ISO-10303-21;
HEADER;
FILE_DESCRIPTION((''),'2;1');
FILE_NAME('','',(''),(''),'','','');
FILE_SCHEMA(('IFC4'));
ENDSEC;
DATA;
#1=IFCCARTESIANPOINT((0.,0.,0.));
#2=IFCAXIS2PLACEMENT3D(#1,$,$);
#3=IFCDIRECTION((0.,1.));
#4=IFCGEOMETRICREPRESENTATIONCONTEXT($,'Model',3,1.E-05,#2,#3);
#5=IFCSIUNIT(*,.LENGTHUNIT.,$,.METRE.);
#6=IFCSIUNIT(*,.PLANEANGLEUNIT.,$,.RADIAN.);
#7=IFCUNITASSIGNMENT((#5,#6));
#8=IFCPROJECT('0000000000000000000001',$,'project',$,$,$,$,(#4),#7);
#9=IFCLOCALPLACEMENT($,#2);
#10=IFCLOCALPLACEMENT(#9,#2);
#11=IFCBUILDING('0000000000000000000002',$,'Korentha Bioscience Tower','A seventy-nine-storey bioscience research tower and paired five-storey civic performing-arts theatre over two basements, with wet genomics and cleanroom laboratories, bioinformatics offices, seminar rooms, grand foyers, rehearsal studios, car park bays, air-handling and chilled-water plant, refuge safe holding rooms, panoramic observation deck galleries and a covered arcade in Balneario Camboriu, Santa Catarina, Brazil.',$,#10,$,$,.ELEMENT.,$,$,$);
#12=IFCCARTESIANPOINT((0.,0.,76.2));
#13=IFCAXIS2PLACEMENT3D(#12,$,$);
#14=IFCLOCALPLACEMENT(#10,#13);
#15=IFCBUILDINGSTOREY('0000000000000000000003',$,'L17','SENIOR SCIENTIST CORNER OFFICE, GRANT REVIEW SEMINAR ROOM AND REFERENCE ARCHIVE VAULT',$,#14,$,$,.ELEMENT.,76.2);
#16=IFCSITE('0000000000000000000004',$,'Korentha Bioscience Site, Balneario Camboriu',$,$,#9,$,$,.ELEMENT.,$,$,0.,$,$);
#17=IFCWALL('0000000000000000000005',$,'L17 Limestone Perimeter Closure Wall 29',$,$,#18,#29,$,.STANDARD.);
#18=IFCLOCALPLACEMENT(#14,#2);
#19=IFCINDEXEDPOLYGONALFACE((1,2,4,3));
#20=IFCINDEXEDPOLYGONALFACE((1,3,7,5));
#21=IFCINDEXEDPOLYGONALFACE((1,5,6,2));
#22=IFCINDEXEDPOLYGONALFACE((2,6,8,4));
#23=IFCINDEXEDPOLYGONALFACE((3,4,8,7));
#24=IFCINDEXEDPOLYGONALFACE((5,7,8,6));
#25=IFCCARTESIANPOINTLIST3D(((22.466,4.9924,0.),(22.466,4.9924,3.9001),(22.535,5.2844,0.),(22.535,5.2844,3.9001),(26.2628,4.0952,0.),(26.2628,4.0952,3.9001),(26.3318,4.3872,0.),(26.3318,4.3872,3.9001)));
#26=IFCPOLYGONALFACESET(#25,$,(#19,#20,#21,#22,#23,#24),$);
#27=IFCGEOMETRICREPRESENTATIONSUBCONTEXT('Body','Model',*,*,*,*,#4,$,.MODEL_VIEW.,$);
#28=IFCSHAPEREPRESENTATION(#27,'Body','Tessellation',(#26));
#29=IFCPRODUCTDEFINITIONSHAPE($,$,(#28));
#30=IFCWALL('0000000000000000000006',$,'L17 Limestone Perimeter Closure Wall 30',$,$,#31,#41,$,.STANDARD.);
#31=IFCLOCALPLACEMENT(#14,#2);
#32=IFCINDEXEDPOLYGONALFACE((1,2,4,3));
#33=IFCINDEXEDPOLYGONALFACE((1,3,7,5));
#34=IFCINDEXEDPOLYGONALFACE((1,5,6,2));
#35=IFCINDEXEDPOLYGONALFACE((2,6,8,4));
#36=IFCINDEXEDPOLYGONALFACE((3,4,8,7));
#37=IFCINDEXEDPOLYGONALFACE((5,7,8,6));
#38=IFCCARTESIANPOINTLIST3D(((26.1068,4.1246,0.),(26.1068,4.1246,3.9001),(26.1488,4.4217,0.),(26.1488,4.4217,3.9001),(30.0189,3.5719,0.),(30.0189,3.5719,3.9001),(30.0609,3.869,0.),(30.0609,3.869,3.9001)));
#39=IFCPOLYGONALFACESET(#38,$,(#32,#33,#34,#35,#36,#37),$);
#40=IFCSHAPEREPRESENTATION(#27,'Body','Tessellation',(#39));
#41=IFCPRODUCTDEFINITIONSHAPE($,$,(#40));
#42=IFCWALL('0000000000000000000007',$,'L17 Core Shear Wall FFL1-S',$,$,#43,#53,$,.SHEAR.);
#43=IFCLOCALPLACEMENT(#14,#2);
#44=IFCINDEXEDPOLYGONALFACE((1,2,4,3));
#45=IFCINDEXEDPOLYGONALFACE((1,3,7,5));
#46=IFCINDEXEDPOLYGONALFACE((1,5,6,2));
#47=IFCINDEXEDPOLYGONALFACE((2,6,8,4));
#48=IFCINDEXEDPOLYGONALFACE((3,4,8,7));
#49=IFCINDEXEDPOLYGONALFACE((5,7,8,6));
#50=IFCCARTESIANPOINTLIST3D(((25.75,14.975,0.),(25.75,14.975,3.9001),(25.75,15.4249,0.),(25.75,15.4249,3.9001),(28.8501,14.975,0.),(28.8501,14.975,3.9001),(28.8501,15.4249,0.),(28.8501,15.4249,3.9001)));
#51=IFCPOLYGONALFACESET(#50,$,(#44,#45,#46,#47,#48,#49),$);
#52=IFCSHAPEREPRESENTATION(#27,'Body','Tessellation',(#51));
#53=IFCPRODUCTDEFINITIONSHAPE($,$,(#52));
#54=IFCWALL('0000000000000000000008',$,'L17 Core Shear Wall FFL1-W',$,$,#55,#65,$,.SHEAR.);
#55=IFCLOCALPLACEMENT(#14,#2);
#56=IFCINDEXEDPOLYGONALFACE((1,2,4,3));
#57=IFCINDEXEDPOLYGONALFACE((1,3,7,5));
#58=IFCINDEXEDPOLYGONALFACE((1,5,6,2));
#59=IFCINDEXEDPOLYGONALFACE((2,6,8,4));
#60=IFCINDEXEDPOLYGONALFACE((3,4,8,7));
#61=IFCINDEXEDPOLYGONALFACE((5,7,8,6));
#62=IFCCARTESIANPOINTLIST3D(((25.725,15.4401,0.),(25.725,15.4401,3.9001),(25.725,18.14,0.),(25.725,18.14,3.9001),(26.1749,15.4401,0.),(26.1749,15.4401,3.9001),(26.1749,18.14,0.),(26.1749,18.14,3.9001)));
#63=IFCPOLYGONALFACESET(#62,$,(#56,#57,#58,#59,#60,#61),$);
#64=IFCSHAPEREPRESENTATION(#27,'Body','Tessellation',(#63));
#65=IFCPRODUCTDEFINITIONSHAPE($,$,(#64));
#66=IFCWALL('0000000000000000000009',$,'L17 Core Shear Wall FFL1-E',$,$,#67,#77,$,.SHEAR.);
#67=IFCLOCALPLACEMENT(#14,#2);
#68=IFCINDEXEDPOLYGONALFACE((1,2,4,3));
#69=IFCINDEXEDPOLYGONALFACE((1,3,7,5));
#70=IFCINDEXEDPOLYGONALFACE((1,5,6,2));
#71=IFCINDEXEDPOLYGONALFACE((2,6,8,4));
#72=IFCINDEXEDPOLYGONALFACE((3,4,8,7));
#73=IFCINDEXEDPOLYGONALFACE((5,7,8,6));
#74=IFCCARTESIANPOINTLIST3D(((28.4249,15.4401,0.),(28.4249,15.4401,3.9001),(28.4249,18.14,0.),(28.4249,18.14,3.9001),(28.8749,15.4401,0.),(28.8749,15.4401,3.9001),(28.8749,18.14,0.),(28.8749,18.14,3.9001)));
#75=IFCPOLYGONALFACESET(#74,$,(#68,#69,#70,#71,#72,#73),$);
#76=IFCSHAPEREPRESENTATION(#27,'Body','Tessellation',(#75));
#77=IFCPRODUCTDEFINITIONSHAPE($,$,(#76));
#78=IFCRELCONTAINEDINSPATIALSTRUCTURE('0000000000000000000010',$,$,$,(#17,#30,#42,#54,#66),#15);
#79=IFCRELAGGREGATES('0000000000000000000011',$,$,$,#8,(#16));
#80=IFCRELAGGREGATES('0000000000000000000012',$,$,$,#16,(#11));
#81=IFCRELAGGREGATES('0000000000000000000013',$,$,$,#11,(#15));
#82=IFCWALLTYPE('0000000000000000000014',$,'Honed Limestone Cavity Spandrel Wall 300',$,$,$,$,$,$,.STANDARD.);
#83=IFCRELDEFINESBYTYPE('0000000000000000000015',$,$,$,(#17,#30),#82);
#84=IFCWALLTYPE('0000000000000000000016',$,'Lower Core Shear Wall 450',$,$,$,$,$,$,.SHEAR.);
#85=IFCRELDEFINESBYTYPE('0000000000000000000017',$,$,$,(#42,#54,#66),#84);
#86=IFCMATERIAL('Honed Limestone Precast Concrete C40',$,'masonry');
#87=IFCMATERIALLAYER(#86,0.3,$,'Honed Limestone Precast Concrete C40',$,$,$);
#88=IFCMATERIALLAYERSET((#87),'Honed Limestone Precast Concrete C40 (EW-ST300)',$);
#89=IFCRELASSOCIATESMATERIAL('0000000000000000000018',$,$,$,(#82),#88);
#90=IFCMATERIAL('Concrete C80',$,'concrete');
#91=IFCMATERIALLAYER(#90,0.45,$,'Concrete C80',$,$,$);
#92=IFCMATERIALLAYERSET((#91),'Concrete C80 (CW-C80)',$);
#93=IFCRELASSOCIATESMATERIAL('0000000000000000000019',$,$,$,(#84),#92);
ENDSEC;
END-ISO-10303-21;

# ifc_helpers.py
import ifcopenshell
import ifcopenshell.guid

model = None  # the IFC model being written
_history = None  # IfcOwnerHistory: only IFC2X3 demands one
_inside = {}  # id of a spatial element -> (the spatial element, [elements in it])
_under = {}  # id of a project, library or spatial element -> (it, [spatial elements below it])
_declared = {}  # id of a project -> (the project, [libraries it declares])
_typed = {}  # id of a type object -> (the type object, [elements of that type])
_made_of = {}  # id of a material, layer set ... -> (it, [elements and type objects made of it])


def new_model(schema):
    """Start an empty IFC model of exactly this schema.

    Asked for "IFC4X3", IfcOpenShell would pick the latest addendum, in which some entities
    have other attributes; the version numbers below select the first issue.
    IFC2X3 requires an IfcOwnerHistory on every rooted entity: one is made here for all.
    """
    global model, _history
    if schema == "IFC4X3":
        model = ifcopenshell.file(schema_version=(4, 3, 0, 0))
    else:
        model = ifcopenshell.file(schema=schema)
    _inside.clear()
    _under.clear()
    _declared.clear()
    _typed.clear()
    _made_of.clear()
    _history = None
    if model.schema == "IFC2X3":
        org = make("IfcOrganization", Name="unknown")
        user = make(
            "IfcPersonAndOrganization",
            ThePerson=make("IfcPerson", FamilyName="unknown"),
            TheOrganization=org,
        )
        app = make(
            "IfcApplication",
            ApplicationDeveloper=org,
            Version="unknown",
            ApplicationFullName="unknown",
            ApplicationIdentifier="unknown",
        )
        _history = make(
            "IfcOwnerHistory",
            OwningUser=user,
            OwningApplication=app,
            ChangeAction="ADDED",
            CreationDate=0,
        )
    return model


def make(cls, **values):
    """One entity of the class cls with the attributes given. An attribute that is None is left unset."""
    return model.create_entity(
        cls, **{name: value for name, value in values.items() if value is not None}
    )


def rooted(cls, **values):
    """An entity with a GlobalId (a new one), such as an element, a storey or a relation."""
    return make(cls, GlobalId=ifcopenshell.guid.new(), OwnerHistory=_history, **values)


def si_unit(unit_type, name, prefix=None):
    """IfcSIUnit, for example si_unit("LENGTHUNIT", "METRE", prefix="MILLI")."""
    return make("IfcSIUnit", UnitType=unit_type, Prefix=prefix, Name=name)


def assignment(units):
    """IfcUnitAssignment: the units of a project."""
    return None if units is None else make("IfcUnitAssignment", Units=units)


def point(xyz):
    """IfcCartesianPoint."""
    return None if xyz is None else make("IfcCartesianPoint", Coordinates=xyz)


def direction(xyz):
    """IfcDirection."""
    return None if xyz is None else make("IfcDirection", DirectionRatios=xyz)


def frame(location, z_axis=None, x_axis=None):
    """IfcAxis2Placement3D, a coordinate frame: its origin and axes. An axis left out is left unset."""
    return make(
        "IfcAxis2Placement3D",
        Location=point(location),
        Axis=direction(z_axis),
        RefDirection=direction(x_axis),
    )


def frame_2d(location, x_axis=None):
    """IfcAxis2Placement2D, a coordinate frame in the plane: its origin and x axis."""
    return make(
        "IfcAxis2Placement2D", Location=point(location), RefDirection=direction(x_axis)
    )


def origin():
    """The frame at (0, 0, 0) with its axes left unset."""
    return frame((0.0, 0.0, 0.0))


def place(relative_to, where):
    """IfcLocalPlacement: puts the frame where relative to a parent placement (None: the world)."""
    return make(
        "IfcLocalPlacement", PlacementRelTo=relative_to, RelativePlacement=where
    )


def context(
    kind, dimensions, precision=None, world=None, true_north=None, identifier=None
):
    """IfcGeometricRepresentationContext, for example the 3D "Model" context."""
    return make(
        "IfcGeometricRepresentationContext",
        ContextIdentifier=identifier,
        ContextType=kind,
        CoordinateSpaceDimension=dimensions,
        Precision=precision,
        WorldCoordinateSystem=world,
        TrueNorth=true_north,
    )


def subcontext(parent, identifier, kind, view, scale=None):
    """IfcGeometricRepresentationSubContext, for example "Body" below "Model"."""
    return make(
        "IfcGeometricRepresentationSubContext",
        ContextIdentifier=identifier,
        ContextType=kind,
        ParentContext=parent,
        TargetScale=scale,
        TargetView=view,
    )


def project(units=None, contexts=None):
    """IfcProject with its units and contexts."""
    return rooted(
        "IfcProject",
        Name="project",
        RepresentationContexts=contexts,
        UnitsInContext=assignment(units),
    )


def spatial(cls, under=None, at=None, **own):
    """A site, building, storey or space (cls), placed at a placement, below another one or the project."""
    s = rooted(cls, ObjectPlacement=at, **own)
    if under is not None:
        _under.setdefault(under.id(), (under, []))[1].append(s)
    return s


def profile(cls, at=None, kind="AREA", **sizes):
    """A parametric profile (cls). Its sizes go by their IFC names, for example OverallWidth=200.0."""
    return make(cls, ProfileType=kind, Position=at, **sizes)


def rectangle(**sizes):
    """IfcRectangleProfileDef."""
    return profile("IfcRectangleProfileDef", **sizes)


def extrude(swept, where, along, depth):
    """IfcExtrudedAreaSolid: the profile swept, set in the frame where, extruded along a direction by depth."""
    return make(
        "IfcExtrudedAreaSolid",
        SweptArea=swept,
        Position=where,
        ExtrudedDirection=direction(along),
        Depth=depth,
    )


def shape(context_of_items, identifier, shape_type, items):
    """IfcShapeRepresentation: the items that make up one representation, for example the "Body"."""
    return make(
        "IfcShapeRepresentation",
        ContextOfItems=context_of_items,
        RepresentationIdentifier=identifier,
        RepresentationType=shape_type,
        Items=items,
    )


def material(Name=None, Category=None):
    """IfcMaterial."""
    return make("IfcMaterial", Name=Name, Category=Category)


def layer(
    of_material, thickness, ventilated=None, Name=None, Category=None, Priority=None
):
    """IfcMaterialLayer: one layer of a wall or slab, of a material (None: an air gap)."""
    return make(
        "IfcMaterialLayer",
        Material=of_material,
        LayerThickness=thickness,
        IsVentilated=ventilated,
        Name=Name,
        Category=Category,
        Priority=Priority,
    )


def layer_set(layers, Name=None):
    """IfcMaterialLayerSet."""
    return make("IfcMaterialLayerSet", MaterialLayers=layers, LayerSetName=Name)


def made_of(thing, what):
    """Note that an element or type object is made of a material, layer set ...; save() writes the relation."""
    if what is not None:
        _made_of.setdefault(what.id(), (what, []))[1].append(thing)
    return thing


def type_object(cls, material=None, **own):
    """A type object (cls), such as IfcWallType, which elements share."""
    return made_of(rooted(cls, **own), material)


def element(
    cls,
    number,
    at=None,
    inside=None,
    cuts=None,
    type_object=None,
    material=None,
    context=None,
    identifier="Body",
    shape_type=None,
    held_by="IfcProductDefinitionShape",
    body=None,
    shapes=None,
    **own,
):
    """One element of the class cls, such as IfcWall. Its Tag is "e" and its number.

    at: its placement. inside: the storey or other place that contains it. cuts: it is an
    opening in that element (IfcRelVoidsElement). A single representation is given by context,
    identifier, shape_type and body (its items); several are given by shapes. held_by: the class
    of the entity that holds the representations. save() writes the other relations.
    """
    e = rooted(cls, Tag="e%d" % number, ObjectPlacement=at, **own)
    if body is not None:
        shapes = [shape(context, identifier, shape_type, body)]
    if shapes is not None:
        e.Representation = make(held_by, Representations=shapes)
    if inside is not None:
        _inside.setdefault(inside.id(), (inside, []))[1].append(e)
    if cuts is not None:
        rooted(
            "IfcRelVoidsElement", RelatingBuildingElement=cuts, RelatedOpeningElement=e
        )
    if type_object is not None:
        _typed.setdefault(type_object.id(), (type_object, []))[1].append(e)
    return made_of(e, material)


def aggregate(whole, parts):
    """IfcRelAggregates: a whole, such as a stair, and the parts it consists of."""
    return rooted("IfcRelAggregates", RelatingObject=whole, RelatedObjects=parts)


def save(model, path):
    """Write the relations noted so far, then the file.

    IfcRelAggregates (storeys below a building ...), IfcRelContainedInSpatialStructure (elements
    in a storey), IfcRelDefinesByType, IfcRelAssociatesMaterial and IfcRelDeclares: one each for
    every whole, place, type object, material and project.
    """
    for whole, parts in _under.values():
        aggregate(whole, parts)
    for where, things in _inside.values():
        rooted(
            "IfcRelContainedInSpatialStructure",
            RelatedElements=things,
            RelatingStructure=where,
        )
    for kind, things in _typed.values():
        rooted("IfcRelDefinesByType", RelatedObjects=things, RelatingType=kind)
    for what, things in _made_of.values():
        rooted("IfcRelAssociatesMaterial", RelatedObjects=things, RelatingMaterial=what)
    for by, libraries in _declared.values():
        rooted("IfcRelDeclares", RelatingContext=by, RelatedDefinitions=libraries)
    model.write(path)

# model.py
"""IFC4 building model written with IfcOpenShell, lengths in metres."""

from ifc_helpers import new_model, si_unit, direction, frame, frame_2d, origin, place, context, subcontext, project, spatial, rectangle, extrude, material, layer, layer_set, type_object, element, save


model = new_model("IFC4")

# Units and contexts
model_context = context("Model", 3, precision=1e-05, world=origin(), true_north=direction((0.0, 1.0)))
body_context = subcontext(model_context, "Body", "Model", "MODEL_VIEW")
ifc_project = project(units=[si_unit("LENGTHUNIT", "METRE"), si_unit("PLANEANGLEUNIT", "RADIAN")], contexts=[model_context])

# Site, building, storey
site_placement = place(None, origin())
site = spatial("IfcSite", under=ifc_project, at=site_placement, Name="Korentha Bioscience Site, Balneario Camboriu", CompositionType="ELEMENT", RefElevation=0.0)
building_placement = place(site_placement, origin())
building = spatial("IfcBuilding", under=site, at=building_placement, Name="Korentha Bioscience Tower", Description="A seventy-nine-storey bioscience research tower and paired five-storey civic performing-arts theatre over two basements, with wet genomics and cleanroom laboratories, bioinformatics offices, seminar rooms, grand foyers, rehearsal studios, car park bays, air-handling and chilled-water plant, refuge safe holding rooms, panoramic observation deck galleries and a covered arcade in Balneario Camboriu, Santa Catarina, Brazil.", CompositionType="ELEMENT")
storey_placement = place(building_placement, frame((0.0, 0.0, 76.2)))
storey = spatial("IfcBuildingStorey", under=building, at=storey_placement, Name="L17", Description="SENIOR SCIENTIST CORNER OFFICE, GRANT REVIEW SEMINAR ROOM AND REFERENCE ARCHIVE VAULT", CompositionType="ELEMENT", Elevation=76.2)

# Shared definitions
ifc_material_1 = material(Name="Concrete C80", Category="concrete")

# Shared definitions
ifc_material_2 = material(Name="Honed Limestone Precast Concrete C40", Category="masonry")
ifc_layer_1 = layer(ifc_material_2, 0.3, Name="Honed Limestone Precast Concrete C40")
ifc_layer_set_1 = layer_set([ifc_layer_1], Name="Honed Limestone Precast Concrete C40 (EW-ST300)")
wall_type_1 = type_object("IfcWallType", Name="Honed Limestone Cavity Spandrel Wall 300", PredefinedType="STANDARD", material=ifc_layer_set_1)

# Walls
wall_1_placement = place(storey_placement, frame((22.5005, 5.1384, 0.0), z_axis=(0.0, 0.0, 1.0), x_axis=(0.973198, -0.22997, 0.0)))
element("IfcWall", 1, at=wall_1_placement, inside=storey, type_object=wall_type_1, Name="L17 Limestone Perimeter Closure Wall 29", PredefinedType="STANDARD", context=body_context, shape_type="SweptSolid", body=[
    extrude(rectangle(XDim=3.9014, YDim=0.3, at=frame_2d((1.9507, 0.0))), origin(), (0.0, 0.0, 1.0), 3.9001),
])
wall_2_placement = place(storey_placement, frame((26.1277, 4.2732, 0.0), z_axis=(0.0, 0.0, 1.0), x_axis=(0.990166, -0.139899, 0.0)))
element("IfcWall", 2, at=wall_2_placement, inside=storey, type_object=wall_type_1, Name="L17 Limestone Perimeter Closure Wall 30", PredefinedType="STANDARD", context=body_context, shape_type="SweptSolid", body=[
    extrude(rectangle(XDim=3.9509, YDim=0.3, at=frame_2d((1.9756, 0.0))), origin(), (0.0, 0.0, 1.0), 3.9001),
])
ifc_layer_2 = layer(ifc_material_1, 0.45, Name="Concrete C80")
ifc_layer_set_2 = layer_set([ifc_layer_2], Name="Concrete C80 (CW-C80)")
wall_type_2 = type_object("IfcWallType", Name="Lower Core Shear Wall 450", PredefinedType="SHEAR", material=ifc_layer_set_2)
wall_3_placement = place(storey_placement, frame((25.75, 15.2, 0.0), z_axis=(0.0, 0.0, 1.0), x_axis=(1.0, 0.0, 0.0)))
element("IfcWall", 3, at=wall_3_placement, inside=storey, type_object=wall_type_2, Name="L17 Core Shear Wall FFL1-S", PredefinedType="SHEAR", context=body_context, shape_type="SweptSolid", body=[
    extrude(rectangle(XDim=3.1001, YDim=0.45, at=frame_2d((1.55, 0.0))), origin(), (0.0, 0.0, 1.0), 3.9001),
])
for number, where, z_axis, x_axis, name in (
    (4, (25.95, 15.4399, 0.0), (0.0, 0.0, 1.0), (0.0, 1.0, 0.0), "L17 Core Shear Wall FFL1-W"),
    (5, (28.6499, 15.4399, 0.0), (0.0, 0.0, 1.0), (0.0, 1.0, 0.0), "L17 Core Shear Wall FFL1-E"),
):
    element("IfcWall", number, at=place(storey_placement, frame(where, z_axis=z_axis, x_axis=x_axis)), inside=storey, type_object=wall_type_2, Name=name, PredefinedType="SHEAR", context=body_context, shape_type="SweptSolid", body=[
        extrude(rectangle(XDim=2.7, YDim=0.45, at=frame_2d((1.3501, 0.0))), origin(), (0.0, 0.0, 1.0), 3.9001),
    ])

save(model, "model.ifc")
